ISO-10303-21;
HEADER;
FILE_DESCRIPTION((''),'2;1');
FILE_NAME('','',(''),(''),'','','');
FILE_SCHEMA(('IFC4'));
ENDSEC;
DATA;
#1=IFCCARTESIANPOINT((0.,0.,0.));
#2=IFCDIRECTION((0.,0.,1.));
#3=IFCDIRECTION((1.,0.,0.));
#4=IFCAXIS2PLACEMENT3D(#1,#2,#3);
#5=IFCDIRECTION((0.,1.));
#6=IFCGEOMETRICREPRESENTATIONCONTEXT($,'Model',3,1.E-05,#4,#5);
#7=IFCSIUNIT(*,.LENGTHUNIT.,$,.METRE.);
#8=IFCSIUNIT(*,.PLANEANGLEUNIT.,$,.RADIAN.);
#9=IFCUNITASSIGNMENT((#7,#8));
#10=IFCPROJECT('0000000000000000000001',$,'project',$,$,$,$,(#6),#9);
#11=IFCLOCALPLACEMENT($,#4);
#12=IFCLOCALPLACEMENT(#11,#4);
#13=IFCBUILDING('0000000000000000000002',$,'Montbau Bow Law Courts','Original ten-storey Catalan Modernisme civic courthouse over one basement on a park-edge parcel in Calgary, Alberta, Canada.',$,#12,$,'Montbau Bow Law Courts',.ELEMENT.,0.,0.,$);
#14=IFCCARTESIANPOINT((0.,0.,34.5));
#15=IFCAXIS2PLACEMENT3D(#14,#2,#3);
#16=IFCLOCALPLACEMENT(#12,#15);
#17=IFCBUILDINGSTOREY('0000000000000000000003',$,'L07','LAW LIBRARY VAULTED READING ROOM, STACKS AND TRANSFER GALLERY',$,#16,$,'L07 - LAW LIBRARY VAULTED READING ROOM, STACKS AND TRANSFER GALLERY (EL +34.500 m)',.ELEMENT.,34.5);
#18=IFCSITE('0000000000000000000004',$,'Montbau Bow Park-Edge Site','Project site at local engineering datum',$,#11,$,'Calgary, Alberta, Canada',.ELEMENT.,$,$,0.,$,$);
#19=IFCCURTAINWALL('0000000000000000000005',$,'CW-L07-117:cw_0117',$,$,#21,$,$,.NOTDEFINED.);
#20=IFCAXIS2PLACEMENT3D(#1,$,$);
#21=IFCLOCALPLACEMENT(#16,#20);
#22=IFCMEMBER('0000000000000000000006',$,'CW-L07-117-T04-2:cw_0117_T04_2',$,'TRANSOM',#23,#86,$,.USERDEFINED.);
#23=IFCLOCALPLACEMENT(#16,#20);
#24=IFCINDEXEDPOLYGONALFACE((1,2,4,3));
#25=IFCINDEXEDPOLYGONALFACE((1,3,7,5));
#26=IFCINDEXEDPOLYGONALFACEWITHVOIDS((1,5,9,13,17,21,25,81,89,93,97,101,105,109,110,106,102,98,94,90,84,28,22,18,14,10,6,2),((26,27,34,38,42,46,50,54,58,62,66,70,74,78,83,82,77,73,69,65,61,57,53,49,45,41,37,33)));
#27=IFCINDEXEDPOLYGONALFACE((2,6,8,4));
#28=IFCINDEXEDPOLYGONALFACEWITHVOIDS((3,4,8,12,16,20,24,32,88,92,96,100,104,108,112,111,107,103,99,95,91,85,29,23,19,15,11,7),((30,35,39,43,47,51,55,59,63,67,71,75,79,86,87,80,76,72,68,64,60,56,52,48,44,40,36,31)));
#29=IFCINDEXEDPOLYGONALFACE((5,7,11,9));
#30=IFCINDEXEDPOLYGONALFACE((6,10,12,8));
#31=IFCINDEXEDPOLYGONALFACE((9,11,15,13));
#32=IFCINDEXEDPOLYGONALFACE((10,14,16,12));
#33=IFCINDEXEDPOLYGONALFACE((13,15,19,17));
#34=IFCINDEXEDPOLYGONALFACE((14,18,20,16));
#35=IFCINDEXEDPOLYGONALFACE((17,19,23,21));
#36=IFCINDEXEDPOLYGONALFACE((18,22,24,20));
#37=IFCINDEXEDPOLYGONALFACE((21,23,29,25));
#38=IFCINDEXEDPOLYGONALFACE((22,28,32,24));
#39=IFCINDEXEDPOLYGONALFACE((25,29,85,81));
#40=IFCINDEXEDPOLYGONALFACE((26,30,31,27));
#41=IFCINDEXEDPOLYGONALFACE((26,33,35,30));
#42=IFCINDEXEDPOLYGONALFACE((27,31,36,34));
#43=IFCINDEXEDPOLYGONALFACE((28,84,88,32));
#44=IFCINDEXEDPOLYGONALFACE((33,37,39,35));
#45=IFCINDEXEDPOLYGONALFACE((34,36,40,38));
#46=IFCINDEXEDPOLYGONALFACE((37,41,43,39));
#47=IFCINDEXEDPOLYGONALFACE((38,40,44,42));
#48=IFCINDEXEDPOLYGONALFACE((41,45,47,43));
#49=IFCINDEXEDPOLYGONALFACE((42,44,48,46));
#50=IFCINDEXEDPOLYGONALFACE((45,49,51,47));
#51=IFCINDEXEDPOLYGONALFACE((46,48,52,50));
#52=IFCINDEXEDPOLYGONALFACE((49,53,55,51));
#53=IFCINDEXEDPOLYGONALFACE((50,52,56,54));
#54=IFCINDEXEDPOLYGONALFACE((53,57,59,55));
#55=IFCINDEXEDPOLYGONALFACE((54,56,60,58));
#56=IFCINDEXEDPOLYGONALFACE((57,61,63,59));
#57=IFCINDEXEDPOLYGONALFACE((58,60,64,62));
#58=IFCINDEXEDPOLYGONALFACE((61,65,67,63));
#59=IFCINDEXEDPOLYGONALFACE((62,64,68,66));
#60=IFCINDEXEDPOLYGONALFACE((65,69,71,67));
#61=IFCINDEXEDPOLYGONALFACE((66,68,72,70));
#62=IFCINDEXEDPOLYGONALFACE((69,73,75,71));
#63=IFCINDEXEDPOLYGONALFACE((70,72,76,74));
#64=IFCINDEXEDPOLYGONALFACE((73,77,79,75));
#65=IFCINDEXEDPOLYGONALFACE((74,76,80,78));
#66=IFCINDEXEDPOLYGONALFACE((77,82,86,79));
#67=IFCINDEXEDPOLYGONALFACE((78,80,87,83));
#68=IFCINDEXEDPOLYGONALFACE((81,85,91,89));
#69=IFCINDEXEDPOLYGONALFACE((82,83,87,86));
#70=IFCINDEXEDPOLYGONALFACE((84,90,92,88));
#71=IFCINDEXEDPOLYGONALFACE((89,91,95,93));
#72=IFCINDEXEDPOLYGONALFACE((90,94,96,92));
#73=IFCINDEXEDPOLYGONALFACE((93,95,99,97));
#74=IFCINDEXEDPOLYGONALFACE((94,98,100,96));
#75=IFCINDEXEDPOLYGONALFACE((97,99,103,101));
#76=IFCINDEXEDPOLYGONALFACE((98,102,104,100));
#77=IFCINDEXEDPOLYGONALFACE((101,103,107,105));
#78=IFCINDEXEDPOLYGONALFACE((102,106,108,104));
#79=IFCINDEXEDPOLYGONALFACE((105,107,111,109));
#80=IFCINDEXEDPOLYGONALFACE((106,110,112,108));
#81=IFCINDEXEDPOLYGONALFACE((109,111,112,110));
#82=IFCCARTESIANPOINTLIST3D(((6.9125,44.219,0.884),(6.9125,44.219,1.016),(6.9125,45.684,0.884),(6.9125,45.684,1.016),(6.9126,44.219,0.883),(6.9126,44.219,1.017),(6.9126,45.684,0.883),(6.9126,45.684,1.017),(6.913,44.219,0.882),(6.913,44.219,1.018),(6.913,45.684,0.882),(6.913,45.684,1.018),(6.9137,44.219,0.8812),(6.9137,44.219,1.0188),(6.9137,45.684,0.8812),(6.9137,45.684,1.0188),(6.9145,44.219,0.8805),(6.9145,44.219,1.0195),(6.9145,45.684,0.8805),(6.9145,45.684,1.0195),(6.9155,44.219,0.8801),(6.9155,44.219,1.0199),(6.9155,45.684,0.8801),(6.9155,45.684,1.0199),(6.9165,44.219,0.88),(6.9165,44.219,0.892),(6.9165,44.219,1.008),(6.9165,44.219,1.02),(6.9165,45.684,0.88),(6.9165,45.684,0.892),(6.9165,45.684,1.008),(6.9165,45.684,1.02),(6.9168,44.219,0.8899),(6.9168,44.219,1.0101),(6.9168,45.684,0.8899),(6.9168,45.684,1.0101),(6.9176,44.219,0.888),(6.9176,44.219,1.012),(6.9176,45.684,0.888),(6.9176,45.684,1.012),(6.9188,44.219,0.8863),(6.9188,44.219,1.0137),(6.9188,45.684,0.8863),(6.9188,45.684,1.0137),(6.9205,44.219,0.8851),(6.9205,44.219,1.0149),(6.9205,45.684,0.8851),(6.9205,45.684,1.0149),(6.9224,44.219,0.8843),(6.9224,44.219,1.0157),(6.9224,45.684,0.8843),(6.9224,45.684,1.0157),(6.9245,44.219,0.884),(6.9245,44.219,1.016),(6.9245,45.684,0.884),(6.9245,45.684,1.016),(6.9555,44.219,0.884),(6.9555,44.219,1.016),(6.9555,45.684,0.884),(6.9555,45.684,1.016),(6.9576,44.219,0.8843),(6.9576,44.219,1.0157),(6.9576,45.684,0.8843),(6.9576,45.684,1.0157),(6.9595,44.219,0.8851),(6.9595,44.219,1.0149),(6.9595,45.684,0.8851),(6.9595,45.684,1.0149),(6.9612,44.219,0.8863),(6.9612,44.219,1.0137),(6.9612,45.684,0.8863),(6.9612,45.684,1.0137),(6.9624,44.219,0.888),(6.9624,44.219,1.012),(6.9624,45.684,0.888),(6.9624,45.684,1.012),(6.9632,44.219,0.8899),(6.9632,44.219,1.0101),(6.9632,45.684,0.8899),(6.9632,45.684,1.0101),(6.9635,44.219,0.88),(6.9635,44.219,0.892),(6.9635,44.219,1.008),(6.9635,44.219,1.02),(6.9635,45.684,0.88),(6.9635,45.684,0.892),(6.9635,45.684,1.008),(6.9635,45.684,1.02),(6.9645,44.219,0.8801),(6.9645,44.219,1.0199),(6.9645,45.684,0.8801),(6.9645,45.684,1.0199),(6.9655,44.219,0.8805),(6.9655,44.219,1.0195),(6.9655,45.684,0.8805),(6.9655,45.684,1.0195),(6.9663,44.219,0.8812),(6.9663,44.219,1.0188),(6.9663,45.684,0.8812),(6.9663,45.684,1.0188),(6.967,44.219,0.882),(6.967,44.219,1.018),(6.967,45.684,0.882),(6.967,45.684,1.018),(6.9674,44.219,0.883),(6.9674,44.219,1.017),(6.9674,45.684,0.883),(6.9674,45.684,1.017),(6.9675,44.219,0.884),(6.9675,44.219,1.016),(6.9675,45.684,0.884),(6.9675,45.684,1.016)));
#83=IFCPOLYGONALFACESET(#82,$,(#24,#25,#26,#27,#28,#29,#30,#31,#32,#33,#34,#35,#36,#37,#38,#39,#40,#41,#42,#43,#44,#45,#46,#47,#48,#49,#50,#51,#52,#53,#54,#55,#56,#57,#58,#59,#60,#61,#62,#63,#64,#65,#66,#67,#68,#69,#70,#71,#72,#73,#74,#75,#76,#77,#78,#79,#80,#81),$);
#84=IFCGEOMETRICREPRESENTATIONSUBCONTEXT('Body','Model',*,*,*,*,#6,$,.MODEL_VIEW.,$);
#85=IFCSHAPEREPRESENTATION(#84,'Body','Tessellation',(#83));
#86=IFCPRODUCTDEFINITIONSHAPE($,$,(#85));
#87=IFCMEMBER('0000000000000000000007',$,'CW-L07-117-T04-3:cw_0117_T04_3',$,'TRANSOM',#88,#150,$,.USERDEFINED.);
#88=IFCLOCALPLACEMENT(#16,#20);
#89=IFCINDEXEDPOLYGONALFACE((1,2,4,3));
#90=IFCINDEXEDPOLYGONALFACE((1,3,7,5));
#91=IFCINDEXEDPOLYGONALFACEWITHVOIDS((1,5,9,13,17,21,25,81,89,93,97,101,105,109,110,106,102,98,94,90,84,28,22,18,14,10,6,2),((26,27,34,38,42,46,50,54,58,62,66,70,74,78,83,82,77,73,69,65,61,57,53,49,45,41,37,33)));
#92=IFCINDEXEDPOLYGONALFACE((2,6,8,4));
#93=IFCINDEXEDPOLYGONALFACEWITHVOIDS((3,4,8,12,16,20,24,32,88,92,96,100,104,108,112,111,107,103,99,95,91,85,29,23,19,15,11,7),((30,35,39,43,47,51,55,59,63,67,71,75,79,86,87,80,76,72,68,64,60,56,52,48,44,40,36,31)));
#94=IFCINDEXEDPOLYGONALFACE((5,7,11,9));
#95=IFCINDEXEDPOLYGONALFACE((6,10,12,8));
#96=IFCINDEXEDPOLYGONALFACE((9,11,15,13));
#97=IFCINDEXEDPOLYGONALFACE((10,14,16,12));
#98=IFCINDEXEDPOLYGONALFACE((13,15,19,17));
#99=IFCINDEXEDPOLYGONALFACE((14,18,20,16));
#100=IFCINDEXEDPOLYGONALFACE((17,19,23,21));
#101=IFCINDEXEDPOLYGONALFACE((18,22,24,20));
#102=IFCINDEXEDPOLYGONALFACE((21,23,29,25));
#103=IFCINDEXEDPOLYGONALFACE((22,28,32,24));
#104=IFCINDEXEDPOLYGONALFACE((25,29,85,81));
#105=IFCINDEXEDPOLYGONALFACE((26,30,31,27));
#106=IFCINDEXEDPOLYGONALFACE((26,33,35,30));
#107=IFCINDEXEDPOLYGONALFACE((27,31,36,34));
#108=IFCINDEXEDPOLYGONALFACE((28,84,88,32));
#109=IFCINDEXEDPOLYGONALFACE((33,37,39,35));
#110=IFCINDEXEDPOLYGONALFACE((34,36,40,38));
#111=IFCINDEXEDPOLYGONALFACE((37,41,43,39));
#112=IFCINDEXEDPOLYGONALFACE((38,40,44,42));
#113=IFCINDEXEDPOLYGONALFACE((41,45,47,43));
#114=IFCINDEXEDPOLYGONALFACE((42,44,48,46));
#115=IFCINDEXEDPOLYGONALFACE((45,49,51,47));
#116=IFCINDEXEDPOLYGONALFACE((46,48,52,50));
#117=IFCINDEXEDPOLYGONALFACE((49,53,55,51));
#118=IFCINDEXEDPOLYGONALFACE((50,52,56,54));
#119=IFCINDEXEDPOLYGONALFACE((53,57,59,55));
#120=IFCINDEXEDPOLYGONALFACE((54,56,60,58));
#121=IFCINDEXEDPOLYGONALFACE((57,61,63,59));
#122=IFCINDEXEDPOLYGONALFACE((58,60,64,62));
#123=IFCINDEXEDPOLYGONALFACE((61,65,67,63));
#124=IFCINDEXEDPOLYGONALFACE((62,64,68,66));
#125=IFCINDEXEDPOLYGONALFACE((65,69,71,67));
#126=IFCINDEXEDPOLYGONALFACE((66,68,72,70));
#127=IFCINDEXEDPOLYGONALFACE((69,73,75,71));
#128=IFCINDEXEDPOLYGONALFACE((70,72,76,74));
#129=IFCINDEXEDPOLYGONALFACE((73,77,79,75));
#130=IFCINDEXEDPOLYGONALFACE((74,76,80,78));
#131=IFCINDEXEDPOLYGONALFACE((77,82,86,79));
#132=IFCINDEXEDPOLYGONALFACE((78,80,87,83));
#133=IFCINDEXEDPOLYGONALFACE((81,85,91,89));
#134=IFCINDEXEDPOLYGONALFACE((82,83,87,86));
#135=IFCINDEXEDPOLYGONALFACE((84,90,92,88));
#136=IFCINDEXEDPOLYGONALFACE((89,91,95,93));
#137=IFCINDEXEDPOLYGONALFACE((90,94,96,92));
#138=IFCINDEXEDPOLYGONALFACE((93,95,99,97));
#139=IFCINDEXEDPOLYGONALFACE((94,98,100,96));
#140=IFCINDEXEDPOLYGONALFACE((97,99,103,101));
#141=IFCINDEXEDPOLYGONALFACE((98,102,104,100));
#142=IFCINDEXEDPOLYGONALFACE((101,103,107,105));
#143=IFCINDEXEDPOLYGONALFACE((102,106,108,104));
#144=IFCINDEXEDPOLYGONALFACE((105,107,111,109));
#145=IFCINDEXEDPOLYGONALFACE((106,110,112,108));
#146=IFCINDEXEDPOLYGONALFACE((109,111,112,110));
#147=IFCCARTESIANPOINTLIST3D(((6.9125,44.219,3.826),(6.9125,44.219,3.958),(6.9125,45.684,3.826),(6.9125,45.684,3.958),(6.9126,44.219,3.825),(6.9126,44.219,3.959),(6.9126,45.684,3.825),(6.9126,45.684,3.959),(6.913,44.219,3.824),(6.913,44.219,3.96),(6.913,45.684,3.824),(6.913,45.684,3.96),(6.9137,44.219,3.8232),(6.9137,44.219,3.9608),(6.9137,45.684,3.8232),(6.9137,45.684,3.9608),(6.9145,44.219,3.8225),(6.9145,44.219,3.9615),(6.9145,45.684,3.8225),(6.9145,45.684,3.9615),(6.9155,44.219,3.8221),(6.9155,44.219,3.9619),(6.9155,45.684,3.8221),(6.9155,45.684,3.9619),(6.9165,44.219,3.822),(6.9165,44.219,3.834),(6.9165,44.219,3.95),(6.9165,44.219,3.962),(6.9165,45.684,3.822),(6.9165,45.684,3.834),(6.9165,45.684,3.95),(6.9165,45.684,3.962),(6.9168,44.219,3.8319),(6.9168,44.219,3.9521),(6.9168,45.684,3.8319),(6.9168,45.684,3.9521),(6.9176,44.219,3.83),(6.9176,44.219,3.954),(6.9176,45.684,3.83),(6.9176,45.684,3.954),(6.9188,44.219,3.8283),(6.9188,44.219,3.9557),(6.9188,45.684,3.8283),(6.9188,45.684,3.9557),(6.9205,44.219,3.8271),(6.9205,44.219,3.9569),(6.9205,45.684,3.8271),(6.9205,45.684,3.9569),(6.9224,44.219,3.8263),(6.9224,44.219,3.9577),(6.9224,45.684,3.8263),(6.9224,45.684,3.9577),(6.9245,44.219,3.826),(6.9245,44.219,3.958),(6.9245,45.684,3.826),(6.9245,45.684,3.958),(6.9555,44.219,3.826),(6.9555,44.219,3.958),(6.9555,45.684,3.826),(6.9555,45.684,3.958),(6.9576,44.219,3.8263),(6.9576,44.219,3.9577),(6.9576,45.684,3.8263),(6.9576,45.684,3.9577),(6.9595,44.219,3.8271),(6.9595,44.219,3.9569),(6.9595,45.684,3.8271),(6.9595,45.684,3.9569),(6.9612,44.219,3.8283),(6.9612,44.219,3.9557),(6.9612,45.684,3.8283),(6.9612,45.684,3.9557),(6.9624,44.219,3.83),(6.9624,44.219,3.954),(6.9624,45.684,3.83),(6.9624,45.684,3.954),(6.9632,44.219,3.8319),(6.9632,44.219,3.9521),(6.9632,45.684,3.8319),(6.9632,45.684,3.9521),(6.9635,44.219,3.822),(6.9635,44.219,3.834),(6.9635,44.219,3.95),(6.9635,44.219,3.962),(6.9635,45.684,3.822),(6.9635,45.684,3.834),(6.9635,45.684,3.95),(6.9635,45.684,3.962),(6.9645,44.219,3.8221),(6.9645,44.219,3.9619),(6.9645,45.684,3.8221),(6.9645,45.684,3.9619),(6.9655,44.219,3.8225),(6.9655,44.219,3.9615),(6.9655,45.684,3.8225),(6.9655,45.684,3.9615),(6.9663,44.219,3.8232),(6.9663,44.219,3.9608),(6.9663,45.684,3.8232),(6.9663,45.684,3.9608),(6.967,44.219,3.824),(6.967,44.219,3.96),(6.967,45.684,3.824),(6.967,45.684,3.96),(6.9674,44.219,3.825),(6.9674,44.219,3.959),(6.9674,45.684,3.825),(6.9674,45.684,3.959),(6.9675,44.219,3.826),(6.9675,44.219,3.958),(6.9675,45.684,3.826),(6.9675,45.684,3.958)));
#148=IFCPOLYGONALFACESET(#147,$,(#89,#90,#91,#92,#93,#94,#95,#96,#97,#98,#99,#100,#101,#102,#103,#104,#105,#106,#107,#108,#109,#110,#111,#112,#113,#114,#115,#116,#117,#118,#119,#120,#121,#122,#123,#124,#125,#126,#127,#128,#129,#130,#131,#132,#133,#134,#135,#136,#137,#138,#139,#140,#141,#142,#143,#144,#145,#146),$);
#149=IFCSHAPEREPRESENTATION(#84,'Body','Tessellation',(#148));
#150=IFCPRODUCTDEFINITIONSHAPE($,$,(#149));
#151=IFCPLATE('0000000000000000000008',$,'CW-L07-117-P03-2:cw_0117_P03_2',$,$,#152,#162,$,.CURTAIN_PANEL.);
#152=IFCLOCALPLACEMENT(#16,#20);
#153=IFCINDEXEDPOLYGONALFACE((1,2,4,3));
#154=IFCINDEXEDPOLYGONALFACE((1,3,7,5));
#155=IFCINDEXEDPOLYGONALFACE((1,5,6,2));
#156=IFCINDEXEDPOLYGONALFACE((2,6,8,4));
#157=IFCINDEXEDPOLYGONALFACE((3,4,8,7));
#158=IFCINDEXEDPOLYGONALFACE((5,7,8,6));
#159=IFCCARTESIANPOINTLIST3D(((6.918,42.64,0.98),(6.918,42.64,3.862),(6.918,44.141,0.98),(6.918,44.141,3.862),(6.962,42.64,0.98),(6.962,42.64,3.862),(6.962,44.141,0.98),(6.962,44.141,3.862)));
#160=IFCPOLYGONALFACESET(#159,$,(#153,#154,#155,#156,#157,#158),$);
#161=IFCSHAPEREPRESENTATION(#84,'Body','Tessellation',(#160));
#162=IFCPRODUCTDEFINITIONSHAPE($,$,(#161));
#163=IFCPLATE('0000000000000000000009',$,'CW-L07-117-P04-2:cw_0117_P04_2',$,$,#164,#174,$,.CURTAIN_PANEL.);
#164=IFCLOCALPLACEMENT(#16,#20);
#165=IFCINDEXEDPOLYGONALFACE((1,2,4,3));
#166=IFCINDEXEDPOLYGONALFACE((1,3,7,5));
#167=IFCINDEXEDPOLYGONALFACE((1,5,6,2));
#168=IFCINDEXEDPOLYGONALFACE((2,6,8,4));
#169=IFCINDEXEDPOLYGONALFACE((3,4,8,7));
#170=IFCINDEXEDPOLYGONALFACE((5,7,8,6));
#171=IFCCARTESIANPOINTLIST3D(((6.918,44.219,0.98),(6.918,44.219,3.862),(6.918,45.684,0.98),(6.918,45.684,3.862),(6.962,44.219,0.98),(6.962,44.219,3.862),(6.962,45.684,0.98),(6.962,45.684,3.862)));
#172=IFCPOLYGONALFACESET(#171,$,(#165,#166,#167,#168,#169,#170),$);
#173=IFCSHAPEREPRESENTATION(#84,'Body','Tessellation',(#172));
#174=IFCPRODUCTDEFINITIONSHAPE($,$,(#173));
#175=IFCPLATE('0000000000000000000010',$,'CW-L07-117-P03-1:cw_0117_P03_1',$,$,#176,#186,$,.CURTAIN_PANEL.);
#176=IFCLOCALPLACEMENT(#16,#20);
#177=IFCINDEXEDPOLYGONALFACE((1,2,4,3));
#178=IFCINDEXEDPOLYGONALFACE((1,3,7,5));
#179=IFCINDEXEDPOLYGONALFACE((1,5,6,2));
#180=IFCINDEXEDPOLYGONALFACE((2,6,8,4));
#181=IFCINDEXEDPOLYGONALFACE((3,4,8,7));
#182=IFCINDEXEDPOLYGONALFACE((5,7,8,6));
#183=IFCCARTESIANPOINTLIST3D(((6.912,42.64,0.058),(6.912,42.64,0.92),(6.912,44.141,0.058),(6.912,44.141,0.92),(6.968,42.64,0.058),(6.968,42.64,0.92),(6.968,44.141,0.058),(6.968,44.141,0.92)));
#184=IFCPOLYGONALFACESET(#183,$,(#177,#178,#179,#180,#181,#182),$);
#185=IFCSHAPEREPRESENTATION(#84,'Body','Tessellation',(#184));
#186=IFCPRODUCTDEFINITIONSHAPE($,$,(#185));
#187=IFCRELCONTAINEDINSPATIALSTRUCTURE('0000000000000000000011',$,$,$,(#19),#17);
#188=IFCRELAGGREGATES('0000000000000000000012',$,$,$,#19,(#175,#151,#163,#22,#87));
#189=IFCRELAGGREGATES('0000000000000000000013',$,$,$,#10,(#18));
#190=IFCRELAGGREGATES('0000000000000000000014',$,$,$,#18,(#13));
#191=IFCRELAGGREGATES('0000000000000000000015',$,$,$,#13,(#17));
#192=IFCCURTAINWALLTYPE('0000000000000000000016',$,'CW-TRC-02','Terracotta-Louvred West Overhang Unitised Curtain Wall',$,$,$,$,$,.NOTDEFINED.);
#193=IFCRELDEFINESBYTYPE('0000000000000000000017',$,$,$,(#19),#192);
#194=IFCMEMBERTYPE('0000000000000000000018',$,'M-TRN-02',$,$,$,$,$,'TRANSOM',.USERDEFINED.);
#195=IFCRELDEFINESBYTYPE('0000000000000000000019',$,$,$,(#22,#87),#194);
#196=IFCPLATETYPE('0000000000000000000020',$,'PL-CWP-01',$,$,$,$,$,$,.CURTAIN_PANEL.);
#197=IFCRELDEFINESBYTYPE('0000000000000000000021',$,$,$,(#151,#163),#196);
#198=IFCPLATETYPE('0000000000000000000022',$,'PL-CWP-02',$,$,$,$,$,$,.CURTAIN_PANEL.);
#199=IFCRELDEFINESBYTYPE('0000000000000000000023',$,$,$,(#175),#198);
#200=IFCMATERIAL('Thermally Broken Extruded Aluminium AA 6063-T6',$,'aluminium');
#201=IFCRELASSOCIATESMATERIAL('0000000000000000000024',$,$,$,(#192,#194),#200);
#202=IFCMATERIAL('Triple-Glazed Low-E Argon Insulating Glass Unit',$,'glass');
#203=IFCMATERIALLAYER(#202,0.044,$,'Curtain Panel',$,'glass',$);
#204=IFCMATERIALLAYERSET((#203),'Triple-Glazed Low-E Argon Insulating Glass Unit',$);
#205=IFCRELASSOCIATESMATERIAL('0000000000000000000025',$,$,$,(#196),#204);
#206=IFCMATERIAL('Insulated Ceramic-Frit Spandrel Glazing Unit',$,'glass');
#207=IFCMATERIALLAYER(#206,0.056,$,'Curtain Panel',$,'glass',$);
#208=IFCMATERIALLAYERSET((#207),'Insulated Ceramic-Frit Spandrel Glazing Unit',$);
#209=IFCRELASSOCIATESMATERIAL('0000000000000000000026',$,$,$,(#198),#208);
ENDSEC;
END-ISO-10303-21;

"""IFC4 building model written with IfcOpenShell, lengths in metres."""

from ifc_helpers import new_model, si_unit, direction, frame, frame_2d, origin_with_axes, origin_2d_with_axis, place, context, subcontext, project, spatial, rectangle, hollow_rectangle, extrude, material, layer, layer_set, material_profile, profile_set, type_object, element, aggregate, save


model = new_model("IFC4")

# Units and contexts
model_context = context("Model", 3, precision=1e-05, world=origin_with_axes(), true_north=direction((0.0, 1.0)))
body_context = subcontext(model_context, "Body", "Model", "MODEL_VIEW")
ifc_project = project(units=[si_unit("LENGTHUNIT", "METRE"), si_unit("PLANEANGLEUNIT", "RADIAN")], contexts=[model_context])

# Site, building, storey
site_placement = place(None, origin_with_axes())
site = spatial("IfcSite", under=ifc_project, at=site_placement, Name="Montbau Bow Park-Edge Site", Description="Project site at local engineering datum", LongName="Calgary, Alberta, Canada", CompositionType="ELEMENT", RefElevation=0.0)
building_placement = place(site_placement, origin_with_axes())
building = spatial("IfcBuilding", under=site, at=building_placement, Name="Montbau Bow Law Courts", Description="Original ten-storey Catalan Modernisme civic courthouse over one basement on a park-edge parcel in Calgary, Alberta, Canada.", LongName="Montbau Bow Law Courts", CompositionType="ELEMENT", ElevationOfRefHeight=0.0, ElevationOfTerrain=0.0)
storey_placement = place(building_placement, frame((0.0, 0.0, 34.5), z_axis=(0.0, 0.0, 1.0), x_axis=(1.0, 0.0, 0.0)))
storey = spatial("IfcBuildingStorey", under=building, at=storey_placement, Name="L07", Description="LAW LIBRARY VAULTED READING ROOM, STACKS AND TRANSFER GALLERY", LongName="L07 - LAW LIBRARY VAULTED READING ROOM, STACKS AND TRANSFER GALLERY (EL +34.500 m)", CompositionType="ELEMENT", Elevation=34.5)

# Curtain wall, members, plates
ifc_material_1 = material(Name="Thermally Broken Extruded Aluminium AA 6063-T6", Category="aluminium")
curtain_wall_type = type_object("IfcCurtainWallType", Name="CW-TRC-02", Description="Terracotta-Louvred West Overhang Unitised Curtain Wall", PredefinedType="NOTDEFINED", material=ifc_material_1)
curtain_wall_placement = place(None, frame((6.94, 39.44, 34.5), z_axis=(0.0, 0.0, 1.0), x_axis=(1.0, 0.0, 0.0)))
curtain_wall = element("IfcCurtainWall", 1, at=curtain_wall_placement, inside=storey, type_object=curtain_wall_type, Name="CW-L07-117:cw_0117", PredefinedType="NOTDEFINED")
ifc_material_profile_1 = material_profile(ifc_material_1, hollow_rectangle(XDim=0.055, YDim=0.14, WallThickness=0.004, InnerFilletRadius=0.008, OuterFilletRadius=0.004, at=origin_2d_with_axis()), Name="CWT-140X55", Category="Main", Priority=0)
ifc_profile_set_1 = profile_set([ifc_material_profile_1], Name="Thermally Broken Extruded Aluminium AA 6063-T6")
member_type_1 = type_object("IfcMemberType", Name="M-TRN-02", ElementType="TRANSOM", PredefinedType="USERDEFINED", material=ifc_profile_set_1)
member_1_placement = place(None, frame((6.94, 44.219, 35.45), z_axis=(0.0, 1.0, 0.0), x_axis=(-1.0, 0.0, 0.0)))
member_1 = element("IfcMember", 2, at=member_1_placement, type_object=member_type_1, Name="CW-L07-117-T04-2:cw_0117_T04_2", ObjectType="TRANSOM", PredefinedType="USERDEFINED", context=body_context, shape_type="SweptSolid", body=[
    extrude(hollow_rectangle(XDim=0.055, YDim=0.14, WallThickness=0.004, InnerFilletRadius=0.008, OuterFilletRadius=0.004, at=origin_2d_with_axis()), origin_with_axes(), (0.0, 0.0, 1.0), 1.465),
])
member_2_placement = place(None, frame((6.94, 44.219, 38.392), z_axis=(0.0, 1.0, 0.0), x_axis=(-1.0, 0.0, 0.0)))
member_2 = element("IfcMember", 3, at=member_2_placement, type_object=member_type_1, Name="CW-L07-117-T04-3:cw_0117_T04_3", ObjectType="TRANSOM", PredefinedType="USERDEFINED", context=body_context, shape_type="SweptSolid", body=[
    extrude(hollow_rectangle(XDim=0.055, YDim=0.14, WallThickness=0.004, InnerFilletRadius=0.008, OuterFilletRadius=0.004, at=origin_2d_with_axis()), origin_with_axes(), (0.0, 0.0, 1.0), 1.465),
])
ifc_material_2 = material(Name="Triple-Glazed Low-E Argon Insulating Glass Unit", Category="glass")
ifc_layer_1 = layer(ifc_material_2, 0.044, Name="Curtain Panel", Category="glass")
ifc_layer_set_1 = layer_set([ifc_layer_1], Name="Triple-Glazed Low-E Argon Insulating Glass Unit")
plate_type_1 = type_object("IfcPlateType", Name="PL-CWP-01", PredefinedType="CURTAIN_PANEL", material=ifc_layer_set_1)
plate_1_placement = place(None, frame((6.94, 42.64, 35.48), z_axis=(1.0, 0.0, 0.0), x_axis=(0.0, 1.0, 0.0)))
plate_1 = element("IfcPlate", 4, at=plate_1_placement, type_object=plate_type_1, Name="CW-L07-117-P03-2:cw_0117_P03_2", PredefinedType="CURTAIN_PANEL", context=body_context, shape_type="SweptSolid", body=[
    extrude(rectangle(XDim=1.501, YDim=2.882, at=frame_2d((0.7505, 1.441), x_axis=(1.0, 0.0))), frame((0.0, 0.0, -0.022), z_axis=(0.0, 0.0, 1.0), x_axis=(1.0, 0.0, 0.0)), (0.0, 0.0, 1.0), 0.044),
])
plate_2_placement = place(None, frame((6.94, 44.219, 35.48), z_axis=(1.0, 0.0, 0.0), x_axis=(0.0, 1.0, 0.0)))
plate_2 = element("IfcPlate", 5, at=plate_2_placement, type_object=plate_type_1, Name="CW-L07-117-P04-2:cw_0117_P04_2", PredefinedType="CURTAIN_PANEL", context=body_context, shape_type="SweptSolid", body=[
    extrude(rectangle(XDim=1.465, YDim=2.882, at=frame_2d((0.7325, 1.441), x_axis=(1.0, 0.0))), frame((0.0, 0.0, -0.022), z_axis=(0.0, 0.0, 1.0), x_axis=(1.0, 0.0, 0.0)), (0.0, 0.0, 1.0), 0.044),
])
ifc_material_3 = material(Name="Insulated Ceramic-Frit Spandrel Glazing Unit", Category="glass")
ifc_layer_2 = layer(ifc_material_3, 0.056, Name="Curtain Panel", Category="glass")
ifc_layer_set_2 = layer_set([ifc_layer_2], Name="Insulated Ceramic-Frit Spandrel Glazing Unit")
plate_type_2 = type_object("IfcPlateType", Name="PL-CWP-02", PredefinedType="CURTAIN_PANEL", material=ifc_layer_set_2)
plate_3_placement = place(None, frame((6.94, 42.64, 34.558), z_axis=(1.0, 0.0, 0.0), x_axis=(0.0, 1.0, 0.0)))
plate_3 = element("IfcPlate", 6, at=plate_3_placement, type_object=plate_type_2, Name="CW-L07-117-P03-1:cw_0117_P03_1", PredefinedType="CURTAIN_PANEL", context=body_context, shape_type="SweptSolid", body=[
    extrude(rectangle(XDim=1.501, YDim=0.862, at=frame_2d((0.7505, 0.431), x_axis=(1.0, 0.0))), frame((0.0, 0.0, -0.028), z_axis=(0.0, 0.0, 1.0), x_axis=(1.0, 0.0, 0.0)), (0.0, 0.0, 1.0), 0.056),
])
aggregate(curtain_wall, [plate_3, plate_1, plate_2, member_1, member_2])

save(model, "model.ifc")
